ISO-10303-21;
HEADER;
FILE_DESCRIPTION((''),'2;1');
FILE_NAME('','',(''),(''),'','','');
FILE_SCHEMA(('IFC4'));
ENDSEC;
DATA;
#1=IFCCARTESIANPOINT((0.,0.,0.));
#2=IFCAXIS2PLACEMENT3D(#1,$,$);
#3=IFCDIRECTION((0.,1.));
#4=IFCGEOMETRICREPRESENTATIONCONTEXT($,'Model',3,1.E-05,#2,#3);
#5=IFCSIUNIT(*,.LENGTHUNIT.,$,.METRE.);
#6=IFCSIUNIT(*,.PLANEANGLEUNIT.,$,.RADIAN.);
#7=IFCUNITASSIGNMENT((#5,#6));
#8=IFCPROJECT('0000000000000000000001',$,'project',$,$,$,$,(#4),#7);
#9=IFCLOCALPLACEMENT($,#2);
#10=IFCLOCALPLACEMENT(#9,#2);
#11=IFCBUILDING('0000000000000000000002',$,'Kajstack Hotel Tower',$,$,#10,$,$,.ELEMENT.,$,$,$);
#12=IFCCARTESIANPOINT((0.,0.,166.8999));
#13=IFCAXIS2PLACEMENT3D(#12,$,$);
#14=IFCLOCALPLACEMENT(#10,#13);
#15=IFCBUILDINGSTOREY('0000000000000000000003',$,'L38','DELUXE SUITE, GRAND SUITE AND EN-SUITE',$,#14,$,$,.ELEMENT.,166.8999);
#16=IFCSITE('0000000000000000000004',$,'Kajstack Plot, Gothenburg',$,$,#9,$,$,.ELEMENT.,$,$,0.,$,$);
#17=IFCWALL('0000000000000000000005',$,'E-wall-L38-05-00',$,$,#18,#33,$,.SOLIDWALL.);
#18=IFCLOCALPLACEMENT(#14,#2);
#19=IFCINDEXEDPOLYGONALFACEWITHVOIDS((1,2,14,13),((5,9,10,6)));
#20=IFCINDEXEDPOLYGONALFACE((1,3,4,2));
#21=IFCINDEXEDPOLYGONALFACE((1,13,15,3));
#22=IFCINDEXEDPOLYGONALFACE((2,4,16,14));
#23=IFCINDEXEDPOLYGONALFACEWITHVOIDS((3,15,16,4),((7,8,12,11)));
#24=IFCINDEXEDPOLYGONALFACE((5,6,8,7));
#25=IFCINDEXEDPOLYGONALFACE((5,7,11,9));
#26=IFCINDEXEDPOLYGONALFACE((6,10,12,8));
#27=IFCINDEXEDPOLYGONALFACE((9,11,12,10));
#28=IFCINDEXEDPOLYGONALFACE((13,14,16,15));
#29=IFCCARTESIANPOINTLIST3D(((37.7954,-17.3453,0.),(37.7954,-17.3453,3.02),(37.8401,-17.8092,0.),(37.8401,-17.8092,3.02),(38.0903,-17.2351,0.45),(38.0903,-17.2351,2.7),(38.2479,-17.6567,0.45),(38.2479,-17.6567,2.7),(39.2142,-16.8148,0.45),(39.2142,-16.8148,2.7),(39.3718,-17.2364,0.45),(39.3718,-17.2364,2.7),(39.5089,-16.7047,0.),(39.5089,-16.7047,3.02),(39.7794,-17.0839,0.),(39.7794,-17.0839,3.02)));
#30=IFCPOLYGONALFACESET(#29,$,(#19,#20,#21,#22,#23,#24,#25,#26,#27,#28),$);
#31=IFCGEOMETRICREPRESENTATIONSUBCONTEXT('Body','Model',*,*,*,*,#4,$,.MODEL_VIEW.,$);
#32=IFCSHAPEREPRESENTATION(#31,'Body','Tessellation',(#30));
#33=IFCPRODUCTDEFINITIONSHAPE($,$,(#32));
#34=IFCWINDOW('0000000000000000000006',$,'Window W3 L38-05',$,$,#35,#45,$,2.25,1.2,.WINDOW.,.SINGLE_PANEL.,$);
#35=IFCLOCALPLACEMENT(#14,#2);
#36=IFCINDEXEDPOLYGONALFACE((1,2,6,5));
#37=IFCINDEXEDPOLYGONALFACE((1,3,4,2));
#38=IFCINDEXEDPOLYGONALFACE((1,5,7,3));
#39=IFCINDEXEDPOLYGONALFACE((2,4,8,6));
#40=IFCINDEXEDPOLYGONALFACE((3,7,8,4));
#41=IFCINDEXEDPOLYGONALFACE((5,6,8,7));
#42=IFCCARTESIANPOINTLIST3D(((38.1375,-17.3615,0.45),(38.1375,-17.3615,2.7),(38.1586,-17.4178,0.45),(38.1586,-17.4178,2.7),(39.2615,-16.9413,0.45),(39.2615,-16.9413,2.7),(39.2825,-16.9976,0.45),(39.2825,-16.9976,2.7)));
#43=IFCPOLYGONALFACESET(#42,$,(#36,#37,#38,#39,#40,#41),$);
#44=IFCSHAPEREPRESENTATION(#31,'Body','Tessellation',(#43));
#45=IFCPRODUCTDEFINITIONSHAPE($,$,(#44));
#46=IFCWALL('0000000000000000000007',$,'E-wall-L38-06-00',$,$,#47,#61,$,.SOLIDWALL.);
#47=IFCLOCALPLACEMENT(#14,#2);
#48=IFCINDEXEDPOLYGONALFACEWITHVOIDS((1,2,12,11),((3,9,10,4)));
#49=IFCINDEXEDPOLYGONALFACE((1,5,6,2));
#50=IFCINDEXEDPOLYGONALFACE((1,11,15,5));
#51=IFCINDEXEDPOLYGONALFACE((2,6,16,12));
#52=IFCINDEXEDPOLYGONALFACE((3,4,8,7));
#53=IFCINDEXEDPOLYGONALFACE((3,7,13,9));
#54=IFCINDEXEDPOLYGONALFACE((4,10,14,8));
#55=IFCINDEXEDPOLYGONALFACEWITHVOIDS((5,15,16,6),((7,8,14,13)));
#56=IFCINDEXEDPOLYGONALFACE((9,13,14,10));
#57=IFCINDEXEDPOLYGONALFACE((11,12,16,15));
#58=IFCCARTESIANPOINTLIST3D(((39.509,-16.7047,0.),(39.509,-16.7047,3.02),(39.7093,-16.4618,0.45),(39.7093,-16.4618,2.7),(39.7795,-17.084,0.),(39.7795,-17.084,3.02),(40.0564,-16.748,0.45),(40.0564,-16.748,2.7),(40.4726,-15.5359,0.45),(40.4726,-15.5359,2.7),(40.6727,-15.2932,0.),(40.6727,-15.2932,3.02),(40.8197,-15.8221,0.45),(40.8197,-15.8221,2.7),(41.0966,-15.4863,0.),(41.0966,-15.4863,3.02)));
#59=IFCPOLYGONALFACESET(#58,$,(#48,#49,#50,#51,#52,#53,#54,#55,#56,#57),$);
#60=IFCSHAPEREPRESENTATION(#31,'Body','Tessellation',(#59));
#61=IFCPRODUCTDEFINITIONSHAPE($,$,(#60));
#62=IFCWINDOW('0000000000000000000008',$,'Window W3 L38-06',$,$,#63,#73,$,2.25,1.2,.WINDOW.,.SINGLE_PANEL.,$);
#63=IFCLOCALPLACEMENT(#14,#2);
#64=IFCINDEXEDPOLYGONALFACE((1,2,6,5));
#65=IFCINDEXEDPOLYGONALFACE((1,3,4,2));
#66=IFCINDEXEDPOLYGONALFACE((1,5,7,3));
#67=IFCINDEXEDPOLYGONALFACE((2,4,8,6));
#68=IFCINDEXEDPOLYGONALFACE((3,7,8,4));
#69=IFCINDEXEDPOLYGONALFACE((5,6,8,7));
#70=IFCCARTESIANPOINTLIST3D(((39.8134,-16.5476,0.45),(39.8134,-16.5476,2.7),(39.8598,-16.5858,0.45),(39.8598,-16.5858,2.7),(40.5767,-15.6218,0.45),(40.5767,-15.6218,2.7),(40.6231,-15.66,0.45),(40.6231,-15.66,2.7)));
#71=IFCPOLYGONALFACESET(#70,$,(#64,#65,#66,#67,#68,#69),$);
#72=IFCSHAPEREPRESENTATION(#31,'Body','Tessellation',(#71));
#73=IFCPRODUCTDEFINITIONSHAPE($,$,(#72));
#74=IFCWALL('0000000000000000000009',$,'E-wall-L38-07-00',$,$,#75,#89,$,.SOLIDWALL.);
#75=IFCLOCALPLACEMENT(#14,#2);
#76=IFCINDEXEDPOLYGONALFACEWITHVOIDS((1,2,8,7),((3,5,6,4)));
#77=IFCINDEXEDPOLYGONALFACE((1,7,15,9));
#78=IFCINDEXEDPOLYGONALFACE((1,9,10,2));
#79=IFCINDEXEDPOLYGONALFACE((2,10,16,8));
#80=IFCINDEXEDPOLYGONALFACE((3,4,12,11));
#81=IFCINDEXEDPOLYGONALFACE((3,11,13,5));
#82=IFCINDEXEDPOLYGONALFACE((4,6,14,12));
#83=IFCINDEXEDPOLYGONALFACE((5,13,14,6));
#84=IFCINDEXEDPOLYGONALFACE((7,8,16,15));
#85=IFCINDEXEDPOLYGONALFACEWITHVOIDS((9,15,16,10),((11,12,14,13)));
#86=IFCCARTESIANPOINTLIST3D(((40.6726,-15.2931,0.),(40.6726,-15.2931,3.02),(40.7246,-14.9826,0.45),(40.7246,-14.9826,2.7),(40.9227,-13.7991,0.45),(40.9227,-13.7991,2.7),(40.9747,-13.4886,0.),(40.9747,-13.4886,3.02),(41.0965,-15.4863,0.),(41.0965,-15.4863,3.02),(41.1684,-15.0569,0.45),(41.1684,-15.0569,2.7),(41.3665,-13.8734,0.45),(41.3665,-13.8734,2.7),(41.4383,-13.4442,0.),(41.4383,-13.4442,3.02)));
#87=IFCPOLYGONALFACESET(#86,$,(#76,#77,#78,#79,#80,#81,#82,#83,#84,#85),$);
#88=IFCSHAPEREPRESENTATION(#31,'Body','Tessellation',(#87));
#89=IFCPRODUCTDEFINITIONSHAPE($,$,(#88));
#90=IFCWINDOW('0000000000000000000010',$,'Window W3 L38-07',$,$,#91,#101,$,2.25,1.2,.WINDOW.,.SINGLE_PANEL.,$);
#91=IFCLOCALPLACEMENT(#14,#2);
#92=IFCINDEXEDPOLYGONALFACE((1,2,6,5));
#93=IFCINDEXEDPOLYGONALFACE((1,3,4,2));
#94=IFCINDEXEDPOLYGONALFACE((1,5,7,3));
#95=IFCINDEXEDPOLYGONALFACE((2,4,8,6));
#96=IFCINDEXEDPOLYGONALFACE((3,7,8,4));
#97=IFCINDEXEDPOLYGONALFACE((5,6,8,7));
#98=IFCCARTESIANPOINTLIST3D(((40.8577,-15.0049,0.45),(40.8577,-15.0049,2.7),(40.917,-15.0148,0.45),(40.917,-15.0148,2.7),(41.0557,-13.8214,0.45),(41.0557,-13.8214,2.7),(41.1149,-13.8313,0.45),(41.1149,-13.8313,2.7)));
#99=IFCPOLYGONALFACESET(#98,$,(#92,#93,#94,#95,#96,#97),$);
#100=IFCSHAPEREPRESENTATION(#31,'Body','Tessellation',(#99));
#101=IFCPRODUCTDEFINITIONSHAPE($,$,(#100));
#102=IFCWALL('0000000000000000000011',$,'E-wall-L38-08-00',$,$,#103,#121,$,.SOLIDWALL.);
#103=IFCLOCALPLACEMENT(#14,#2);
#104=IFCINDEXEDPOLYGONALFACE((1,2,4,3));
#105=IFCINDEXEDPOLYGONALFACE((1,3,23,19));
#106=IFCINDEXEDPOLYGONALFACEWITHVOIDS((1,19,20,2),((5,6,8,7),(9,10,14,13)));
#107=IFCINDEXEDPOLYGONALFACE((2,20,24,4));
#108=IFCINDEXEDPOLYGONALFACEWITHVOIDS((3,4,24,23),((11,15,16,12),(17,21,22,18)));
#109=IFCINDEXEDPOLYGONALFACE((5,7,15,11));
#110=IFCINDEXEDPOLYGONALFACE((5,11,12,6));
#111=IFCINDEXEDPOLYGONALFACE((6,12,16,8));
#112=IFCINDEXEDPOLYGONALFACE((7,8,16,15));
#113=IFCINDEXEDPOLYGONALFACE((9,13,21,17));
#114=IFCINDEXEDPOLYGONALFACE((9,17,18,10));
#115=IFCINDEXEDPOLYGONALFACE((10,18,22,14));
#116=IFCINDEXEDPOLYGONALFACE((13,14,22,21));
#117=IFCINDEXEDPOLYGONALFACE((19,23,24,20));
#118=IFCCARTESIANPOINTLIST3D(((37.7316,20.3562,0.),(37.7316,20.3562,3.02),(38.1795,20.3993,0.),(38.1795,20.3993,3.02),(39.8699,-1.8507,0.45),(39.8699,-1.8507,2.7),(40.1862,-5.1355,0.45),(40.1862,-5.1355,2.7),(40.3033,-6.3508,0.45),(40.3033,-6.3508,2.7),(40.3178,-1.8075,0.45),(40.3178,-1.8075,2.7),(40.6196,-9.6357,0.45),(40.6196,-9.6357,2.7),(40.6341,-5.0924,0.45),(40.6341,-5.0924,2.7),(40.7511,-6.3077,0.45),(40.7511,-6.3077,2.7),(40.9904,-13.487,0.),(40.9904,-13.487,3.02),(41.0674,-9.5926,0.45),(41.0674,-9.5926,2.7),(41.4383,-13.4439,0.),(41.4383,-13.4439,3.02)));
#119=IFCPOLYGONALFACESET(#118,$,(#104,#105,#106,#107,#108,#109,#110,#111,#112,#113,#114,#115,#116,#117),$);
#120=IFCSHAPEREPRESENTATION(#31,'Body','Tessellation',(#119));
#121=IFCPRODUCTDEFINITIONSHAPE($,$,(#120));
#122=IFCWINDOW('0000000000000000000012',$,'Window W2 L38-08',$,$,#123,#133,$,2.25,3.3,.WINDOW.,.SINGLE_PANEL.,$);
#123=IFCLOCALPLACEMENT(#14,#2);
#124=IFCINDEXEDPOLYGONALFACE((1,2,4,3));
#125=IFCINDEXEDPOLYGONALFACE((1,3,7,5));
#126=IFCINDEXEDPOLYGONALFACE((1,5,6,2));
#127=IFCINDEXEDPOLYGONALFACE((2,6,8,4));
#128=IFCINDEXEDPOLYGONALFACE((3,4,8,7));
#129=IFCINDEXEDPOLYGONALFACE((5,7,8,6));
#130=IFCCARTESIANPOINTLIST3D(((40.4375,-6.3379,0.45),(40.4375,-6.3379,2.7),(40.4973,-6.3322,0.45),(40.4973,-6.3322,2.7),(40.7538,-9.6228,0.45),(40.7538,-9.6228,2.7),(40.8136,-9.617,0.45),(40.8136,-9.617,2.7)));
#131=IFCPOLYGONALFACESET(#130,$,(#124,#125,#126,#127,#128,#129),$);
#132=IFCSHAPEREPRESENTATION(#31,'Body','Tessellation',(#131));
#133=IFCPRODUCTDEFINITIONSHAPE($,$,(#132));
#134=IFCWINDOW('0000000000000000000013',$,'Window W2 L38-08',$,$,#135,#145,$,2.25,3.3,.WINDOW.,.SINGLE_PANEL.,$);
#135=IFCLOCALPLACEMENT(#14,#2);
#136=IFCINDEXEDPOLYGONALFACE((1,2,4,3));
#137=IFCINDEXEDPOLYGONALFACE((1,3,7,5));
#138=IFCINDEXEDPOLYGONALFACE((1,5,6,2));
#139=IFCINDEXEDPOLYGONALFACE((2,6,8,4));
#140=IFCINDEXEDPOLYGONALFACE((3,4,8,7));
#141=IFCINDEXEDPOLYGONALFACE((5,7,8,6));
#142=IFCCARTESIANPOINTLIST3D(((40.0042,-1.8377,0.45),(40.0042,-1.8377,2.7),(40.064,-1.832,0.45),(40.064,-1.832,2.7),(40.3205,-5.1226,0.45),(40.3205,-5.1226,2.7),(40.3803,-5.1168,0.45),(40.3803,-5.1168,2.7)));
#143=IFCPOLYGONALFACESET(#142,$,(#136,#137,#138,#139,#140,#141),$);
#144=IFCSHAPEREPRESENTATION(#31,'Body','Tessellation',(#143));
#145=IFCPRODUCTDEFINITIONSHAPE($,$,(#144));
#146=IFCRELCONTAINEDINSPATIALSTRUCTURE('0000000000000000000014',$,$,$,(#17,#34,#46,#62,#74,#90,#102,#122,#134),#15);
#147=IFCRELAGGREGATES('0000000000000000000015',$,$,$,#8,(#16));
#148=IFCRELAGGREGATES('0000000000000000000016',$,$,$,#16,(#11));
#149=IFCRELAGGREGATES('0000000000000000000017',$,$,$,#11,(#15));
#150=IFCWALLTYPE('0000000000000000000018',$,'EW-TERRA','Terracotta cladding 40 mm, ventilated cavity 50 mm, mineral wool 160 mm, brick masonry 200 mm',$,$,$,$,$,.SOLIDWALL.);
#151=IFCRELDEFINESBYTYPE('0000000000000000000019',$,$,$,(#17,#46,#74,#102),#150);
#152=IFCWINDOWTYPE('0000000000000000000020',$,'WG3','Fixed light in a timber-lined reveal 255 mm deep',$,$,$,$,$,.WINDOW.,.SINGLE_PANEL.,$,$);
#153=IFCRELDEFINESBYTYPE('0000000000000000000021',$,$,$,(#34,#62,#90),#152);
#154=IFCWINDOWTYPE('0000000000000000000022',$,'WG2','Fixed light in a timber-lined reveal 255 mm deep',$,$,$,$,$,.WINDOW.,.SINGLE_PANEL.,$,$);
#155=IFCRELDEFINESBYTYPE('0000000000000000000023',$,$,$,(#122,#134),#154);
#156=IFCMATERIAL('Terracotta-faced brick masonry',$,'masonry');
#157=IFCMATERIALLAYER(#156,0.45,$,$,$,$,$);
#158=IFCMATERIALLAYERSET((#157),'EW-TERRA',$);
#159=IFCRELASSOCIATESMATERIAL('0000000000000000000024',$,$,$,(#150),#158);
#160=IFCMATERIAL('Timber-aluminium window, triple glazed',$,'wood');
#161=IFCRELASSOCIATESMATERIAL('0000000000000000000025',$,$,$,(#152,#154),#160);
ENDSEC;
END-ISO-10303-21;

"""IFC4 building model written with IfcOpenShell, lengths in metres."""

from ifc_helpers import new_model, si_unit, direction, frame, frame_2d, origin, place, context, subcontext, project, spatial, polyline, rectangle, outline, extrude, material, layer, layer_set, type_object, element, fill, save


model = new_model("IFC4")

# Units and contexts
model_context = context("Model", 3, precision=1e-05, world=origin(), true_north=direction((0.0, 1.0)))
body_context = subcontext(model_context, "Body", "Model", "MODEL_VIEW")
ifc_project = project(units=[si_unit("LENGTHUNIT", "METRE"), si_unit("PLANEANGLEUNIT", "RADIAN")], contexts=[model_context])

# Site, building, storey
site_placement = place(None, origin())
site = spatial("IfcSite", under=ifc_project, at=site_placement, Name="Kajstack Plot, Gothenburg", CompositionType="ELEMENT", RefElevation=0.0)
building_placement = place(site_placement, origin())
building = spatial("IfcBuilding", under=site, at=building_placement, Name="Kajstack Hotel Tower", CompositionType="ELEMENT")
storey_placement = place(building_placement, frame((0.0, 0.0, 166.8999)))
storey = spatial("IfcBuildingStorey", under=building, at=storey_placement, Name="L38", Description="DELUXE SUITE, GRAND SUITE AND EN-SUITE", CompositionType="ELEMENT", Elevation=166.8999)

# Walls, openings, windows
ifc_material_1 = material(Name="Terracotta-faced brick masonry", Category="masonry")
ifc_layer_1 = layer(ifc_material_1, 0.45)
ifc_layer_set_1 = layer_set([ifc_layer_1], Name="EW-TERRA")
wall_type_1 = type_object("IfcWallType", Name="EW-TERRA", Description="Terracotta cladding 40 mm, ventilated cavity 50 mm, mineral wool 160 mm, brick masonry 200 mm", PredefinedType="SOLIDWALL", material=ifc_layer_set_1)
wall_1_placement = place(storey_placement, frame((37.7612, -17.5984, 0.0), z_axis=(0.0, 0.0, 1.0), x_axis=(0.936678, 0.350193, 0.0)))
wall_1 = element("IfcWall", 1, at=wall_1_placement, inside=storey, type_object=wall_type_1, Name="E-wall-L38-05-00", PredefinedType="SOLIDWALL", context=body_context, shape_type="SweptSolid", body=[
    extrude(outline(polyline([(0.0, -0.2251), (2.0706, -0.2249), (1.95, 0.2251), (0.1206, 0.2251), (0.0, -0.2251)])), origin(), (0.0, 0.0, 1.0), 3.02),
])
opening_1_placement = place(wall_1_placement, frame((0.4353, 0.0, 0.45)))
opening_1 = element("IfcOpeningElement", 2, at=opening_1_placement, cuts=wall_1, PredefinedType="OPENING", context=body_context, shape_type="SweptSolid", body=[
    extrude(rectangle(XDim=1.2, YDim=2.25, at=frame_2d((0.6001, 1.125))), frame((0.0, 0.2349, 0.0), z_axis=(0.0, -1.0, 0.0), x_axis=(1.0, 0.0, 0.0)), (0.0, 0.0, 1.0), 0.47),
])
ifc_material_2 = material(Name="Timber-aluminium window, triple glazed", Category="wood")
window_type_1 = type_object("IfcWindowType", Name="WG3", Description="Fixed light in a timber-lined reveal 255 mm deep", PartitioningType="SINGLE_PANEL", PredefinedType="WINDOW", material=ifc_material_2)
window_1_placement = place(opening_1_placement, origin())
window_1 = element("IfcWindow", 3, at=window_1_placement, inside=storey, type_object=window_type_1, Name="Window W3 L38-05", OverallHeight=2.25, OverallWidth=1.2, PartitioningType="SINGLE_PANEL", PredefinedType="WINDOW", context=body_context, shape_type="SweptSolid", body=[
    extrude(rectangle(XDim=1.2, YDim=2.25, at=frame_2d((0.6001, 1.125))), frame((0.0, 0.0901, 0.0), z_axis=(0.0, -1.0, 0.0), x_axis=(1.0, 0.0, 0.0)), (0.0, 0.0, 1.0), 0.0601),
])
fill(opening_1, window_1)
wall_2_placement = place(storey_placement, frame((39.606, -16.9409, 0.0), z_axis=(0.0, 0.0, 1.0), x_axis=(0.636116, 0.771593, 0.0)))
wall_2 = element("IfcWall", 4, at=wall_2_placement, inside=storey, type_object=wall_type_1, Name="E-wall-L38-06-00", PredefinedType="SOLIDWALL", context=body_context, shape_type="SweptSolid", body=[
    extrude(outline(polyline([(0.0, -0.2249), (2.0706, -0.2249), (1.95, 0.2251), (0.1206, 0.2251), (0.0, -0.2249)])), origin(), (0.0, 0.0, 1.0), 3.02),
])
opening_2_placement = place(wall_2_placement, frame((0.4353, 0.0, 0.45)))
opening_2 = element("IfcOpeningElement", 5, at=opening_2_placement, cuts=wall_2, PredefinedType="OPENING", context=body_context, shape_type="SweptSolid", body=[
    extrude(rectangle(XDim=1.2, YDim=2.25, at=frame_2d((0.6001, 1.125))), frame((0.0, 0.2349, 0.0), z_axis=(0.0, -1.0, 0.0), x_axis=(1.0, 0.0, 0.0)), (0.0, 0.0, 1.0), 0.47),
])
window_2_placement = place(opening_2_placement, origin())
window_2 = element("IfcWindow", 6, at=window_2_placement, inside=storey, type_object=window_type_1, Name="Window W3 L38-06", OverallHeight=2.25, OverallWidth=1.2, PartitioningType="SINGLE_PANEL", PredefinedType="WINDOW", context=body_context, shape_type="SweptSolid", body=[
    extrude(rectangle(XDim=1.2, YDim=2.25, at=frame_2d((0.6001, 1.125))), frame((0.0, 0.0901, 0.0), z_axis=(0.0, -1.0, 0.0), x_axis=(1.0, 0.0, 0.0)), (0.0, 0.0, 1.0), 0.0601),
])
fill(opening_2, window_2)
wall_3_placement = place(storey_placement, frame((40.8748, -15.4492, 0.0), z_axis=(0.0, 0.0, 1.0), x_axis=(0.164953, 0.986301, 0.0)))
wall_3 = element("IfcWall", 7, at=wall_3_placement, inside=storey, type_object=wall_type_1, Name="E-wall-L38-07-00", PredefinedType="SOLIDWALL", context=body_context, shape_type="SweptSolid", body=[
    extrude(outline(polyline([(0.0, -0.2249), (2.0706, -0.2251), (1.9502, 0.2249), (0.1206, 0.2251), (0.0, -0.2249)])), origin(), (0.0, 0.0, 1.0), 3.02),
])
opening_3_placement = place(wall_3_placement, frame((0.4353, 0.0, 0.45)))
opening_3 = element("IfcOpeningElement", 8, at=opening_3_placement, cuts=wall_3, PredefinedType="OPENING", context=body_context, shape_type="SweptSolid", body=[
    extrude(rectangle(XDim=1.2, YDim=2.25, at=frame_2d((0.6001, 1.125))), frame((0.0, 0.2349, 0.0), z_axis=(0.0, -1.0, 0.0), x_axis=(1.0, 0.0, 0.0)), (0.0, 0.0, 1.0), 0.47),
])
window_3_placement = place(opening_3_placement, origin())
window_3 = element("IfcWindow", 9, at=window_3_placement, inside=storey, type_object=window_type_1, Name="Window W3 L38-07", OverallHeight=2.25, OverallWidth=1.2, PartitioningType="SINGLE_PANEL", PredefinedType="WINDOW", context=body_context, shape_type="SweptSolid", body=[
    extrude(rectangle(XDim=1.2, YDim=2.25, at=frame_2d((0.6001, 1.125))), frame((0.0, 0.0901, 0.0), z_axis=(0.0, -1.0, 0.0), x_axis=(1.0, 0.0, 0.0)), (0.0, 0.0, 1.0), 0.0601),
])
fill(opening_3, window_3)

# Wall, openings, windows
wall_4_placement = place(storey_placement, frame((41.2144, -13.4656, 0.0), z_axis=(0.0, 0.0, 1.0), x_axis=(-0.095847, 0.995396, 0.0)))
wall_4 = element("IfcWall", 10, at=wall_4_placement, inside=storey, type_object=wall_type_1, Name="E-wall-L38-08-00", PredefinedType="SOLIDWALL", context=body_context, shape_type="SweptSolid", body=[
    extrude(rectangle(XDim=33.9998, YDim=0.45, at=frame_2d((17.0, 0.0))), origin(), (0.0, 0.0, 1.0), 3.02),
])
opening_4_placement = place(wall_4_placement, frame((3.8694, 0.0, 0.45)))
opening_4 = element("IfcOpeningElement", 11, at=opening_4_placement, cuts=wall_4, PredefinedType="OPENING", context=body_context, shape_type="SweptSolid", body=[
    extrude(rectangle(XDim=3.3, YDim=2.25, at=frame_2d((1.6499, 1.125))), frame((0.0, 0.2349, 0.0), z_axis=(0.0, -1.0, 0.0), x_axis=(1.0, 0.0, 0.0)), (0.0, 0.0, 1.0), 0.47),
])
opening_5_placement = place(wall_4_placement, frame((8.3904, 0.0, 0.45)))
opening_5 = element("IfcOpeningElement", 12, at=opening_5_placement, cuts=wall_4, PredefinedType="OPENING", context=body_context, shape_type="SweptSolid", body=[
    extrude(rectangle(XDim=3.3, YDim=2.25, at=frame_2d((1.6499, 1.125))), frame((0.0, 0.2349, 0.0), z_axis=(0.0, -1.0, 0.0), x_axis=(1.0, 0.0, 0.0)), (0.0, 0.0, 1.0), 0.47),
])
window_type_2 = type_object("IfcWindowType", Name="WG2", Description="Fixed light in a timber-lined reveal 255 mm deep", PartitioningType="SINGLE_PANEL", PredefinedType="WINDOW", material=ifc_material_2)
window_4_placement = place(opening_4_placement, origin())
window_4 = element("IfcWindow", 13, at=window_4_placement, inside=storey, type_object=window_type_2, Name="Window W2 L38-08", OverallHeight=2.25, OverallWidth=3.3, PartitioningType="SINGLE_PANEL", PredefinedType="WINDOW", context=body_context, shape_type="SweptSolid", body=[
    extrude(rectangle(XDim=3.3, YDim=2.25, at=frame_2d((1.6499, 1.125))), frame((0.0, 0.0901, 0.0), z_axis=(0.0, -1.0, 0.0), x_axis=(1.0, 0.0, 0.0)), (0.0, 0.0, 1.0), 0.0601),
])
fill(opening_4, window_4)
window_5_placement = place(opening_5_placement, origin())
window_5 = element("IfcWindow", 14, at=window_5_placement, inside=storey, type_object=window_type_2, Name="Window W2 L38-08", OverallHeight=2.25, OverallWidth=3.3, PartitioningType="SINGLE_PANEL", PredefinedType="WINDOW", context=body_context, shape_type="SweptSolid", body=[
    extrude(rectangle(XDim=3.3, YDim=2.25, at=frame_2d((1.6499, 1.125))), frame((0.0, 0.0901, 0.0), z_axis=(0.0, -1.0, 0.0), x_axis=(1.0, 0.0, 0.0)), (0.0, 0.0, 1.0), 0.0601),
])
fill(opening_5, window_5)

save(model, "model.ifc")
